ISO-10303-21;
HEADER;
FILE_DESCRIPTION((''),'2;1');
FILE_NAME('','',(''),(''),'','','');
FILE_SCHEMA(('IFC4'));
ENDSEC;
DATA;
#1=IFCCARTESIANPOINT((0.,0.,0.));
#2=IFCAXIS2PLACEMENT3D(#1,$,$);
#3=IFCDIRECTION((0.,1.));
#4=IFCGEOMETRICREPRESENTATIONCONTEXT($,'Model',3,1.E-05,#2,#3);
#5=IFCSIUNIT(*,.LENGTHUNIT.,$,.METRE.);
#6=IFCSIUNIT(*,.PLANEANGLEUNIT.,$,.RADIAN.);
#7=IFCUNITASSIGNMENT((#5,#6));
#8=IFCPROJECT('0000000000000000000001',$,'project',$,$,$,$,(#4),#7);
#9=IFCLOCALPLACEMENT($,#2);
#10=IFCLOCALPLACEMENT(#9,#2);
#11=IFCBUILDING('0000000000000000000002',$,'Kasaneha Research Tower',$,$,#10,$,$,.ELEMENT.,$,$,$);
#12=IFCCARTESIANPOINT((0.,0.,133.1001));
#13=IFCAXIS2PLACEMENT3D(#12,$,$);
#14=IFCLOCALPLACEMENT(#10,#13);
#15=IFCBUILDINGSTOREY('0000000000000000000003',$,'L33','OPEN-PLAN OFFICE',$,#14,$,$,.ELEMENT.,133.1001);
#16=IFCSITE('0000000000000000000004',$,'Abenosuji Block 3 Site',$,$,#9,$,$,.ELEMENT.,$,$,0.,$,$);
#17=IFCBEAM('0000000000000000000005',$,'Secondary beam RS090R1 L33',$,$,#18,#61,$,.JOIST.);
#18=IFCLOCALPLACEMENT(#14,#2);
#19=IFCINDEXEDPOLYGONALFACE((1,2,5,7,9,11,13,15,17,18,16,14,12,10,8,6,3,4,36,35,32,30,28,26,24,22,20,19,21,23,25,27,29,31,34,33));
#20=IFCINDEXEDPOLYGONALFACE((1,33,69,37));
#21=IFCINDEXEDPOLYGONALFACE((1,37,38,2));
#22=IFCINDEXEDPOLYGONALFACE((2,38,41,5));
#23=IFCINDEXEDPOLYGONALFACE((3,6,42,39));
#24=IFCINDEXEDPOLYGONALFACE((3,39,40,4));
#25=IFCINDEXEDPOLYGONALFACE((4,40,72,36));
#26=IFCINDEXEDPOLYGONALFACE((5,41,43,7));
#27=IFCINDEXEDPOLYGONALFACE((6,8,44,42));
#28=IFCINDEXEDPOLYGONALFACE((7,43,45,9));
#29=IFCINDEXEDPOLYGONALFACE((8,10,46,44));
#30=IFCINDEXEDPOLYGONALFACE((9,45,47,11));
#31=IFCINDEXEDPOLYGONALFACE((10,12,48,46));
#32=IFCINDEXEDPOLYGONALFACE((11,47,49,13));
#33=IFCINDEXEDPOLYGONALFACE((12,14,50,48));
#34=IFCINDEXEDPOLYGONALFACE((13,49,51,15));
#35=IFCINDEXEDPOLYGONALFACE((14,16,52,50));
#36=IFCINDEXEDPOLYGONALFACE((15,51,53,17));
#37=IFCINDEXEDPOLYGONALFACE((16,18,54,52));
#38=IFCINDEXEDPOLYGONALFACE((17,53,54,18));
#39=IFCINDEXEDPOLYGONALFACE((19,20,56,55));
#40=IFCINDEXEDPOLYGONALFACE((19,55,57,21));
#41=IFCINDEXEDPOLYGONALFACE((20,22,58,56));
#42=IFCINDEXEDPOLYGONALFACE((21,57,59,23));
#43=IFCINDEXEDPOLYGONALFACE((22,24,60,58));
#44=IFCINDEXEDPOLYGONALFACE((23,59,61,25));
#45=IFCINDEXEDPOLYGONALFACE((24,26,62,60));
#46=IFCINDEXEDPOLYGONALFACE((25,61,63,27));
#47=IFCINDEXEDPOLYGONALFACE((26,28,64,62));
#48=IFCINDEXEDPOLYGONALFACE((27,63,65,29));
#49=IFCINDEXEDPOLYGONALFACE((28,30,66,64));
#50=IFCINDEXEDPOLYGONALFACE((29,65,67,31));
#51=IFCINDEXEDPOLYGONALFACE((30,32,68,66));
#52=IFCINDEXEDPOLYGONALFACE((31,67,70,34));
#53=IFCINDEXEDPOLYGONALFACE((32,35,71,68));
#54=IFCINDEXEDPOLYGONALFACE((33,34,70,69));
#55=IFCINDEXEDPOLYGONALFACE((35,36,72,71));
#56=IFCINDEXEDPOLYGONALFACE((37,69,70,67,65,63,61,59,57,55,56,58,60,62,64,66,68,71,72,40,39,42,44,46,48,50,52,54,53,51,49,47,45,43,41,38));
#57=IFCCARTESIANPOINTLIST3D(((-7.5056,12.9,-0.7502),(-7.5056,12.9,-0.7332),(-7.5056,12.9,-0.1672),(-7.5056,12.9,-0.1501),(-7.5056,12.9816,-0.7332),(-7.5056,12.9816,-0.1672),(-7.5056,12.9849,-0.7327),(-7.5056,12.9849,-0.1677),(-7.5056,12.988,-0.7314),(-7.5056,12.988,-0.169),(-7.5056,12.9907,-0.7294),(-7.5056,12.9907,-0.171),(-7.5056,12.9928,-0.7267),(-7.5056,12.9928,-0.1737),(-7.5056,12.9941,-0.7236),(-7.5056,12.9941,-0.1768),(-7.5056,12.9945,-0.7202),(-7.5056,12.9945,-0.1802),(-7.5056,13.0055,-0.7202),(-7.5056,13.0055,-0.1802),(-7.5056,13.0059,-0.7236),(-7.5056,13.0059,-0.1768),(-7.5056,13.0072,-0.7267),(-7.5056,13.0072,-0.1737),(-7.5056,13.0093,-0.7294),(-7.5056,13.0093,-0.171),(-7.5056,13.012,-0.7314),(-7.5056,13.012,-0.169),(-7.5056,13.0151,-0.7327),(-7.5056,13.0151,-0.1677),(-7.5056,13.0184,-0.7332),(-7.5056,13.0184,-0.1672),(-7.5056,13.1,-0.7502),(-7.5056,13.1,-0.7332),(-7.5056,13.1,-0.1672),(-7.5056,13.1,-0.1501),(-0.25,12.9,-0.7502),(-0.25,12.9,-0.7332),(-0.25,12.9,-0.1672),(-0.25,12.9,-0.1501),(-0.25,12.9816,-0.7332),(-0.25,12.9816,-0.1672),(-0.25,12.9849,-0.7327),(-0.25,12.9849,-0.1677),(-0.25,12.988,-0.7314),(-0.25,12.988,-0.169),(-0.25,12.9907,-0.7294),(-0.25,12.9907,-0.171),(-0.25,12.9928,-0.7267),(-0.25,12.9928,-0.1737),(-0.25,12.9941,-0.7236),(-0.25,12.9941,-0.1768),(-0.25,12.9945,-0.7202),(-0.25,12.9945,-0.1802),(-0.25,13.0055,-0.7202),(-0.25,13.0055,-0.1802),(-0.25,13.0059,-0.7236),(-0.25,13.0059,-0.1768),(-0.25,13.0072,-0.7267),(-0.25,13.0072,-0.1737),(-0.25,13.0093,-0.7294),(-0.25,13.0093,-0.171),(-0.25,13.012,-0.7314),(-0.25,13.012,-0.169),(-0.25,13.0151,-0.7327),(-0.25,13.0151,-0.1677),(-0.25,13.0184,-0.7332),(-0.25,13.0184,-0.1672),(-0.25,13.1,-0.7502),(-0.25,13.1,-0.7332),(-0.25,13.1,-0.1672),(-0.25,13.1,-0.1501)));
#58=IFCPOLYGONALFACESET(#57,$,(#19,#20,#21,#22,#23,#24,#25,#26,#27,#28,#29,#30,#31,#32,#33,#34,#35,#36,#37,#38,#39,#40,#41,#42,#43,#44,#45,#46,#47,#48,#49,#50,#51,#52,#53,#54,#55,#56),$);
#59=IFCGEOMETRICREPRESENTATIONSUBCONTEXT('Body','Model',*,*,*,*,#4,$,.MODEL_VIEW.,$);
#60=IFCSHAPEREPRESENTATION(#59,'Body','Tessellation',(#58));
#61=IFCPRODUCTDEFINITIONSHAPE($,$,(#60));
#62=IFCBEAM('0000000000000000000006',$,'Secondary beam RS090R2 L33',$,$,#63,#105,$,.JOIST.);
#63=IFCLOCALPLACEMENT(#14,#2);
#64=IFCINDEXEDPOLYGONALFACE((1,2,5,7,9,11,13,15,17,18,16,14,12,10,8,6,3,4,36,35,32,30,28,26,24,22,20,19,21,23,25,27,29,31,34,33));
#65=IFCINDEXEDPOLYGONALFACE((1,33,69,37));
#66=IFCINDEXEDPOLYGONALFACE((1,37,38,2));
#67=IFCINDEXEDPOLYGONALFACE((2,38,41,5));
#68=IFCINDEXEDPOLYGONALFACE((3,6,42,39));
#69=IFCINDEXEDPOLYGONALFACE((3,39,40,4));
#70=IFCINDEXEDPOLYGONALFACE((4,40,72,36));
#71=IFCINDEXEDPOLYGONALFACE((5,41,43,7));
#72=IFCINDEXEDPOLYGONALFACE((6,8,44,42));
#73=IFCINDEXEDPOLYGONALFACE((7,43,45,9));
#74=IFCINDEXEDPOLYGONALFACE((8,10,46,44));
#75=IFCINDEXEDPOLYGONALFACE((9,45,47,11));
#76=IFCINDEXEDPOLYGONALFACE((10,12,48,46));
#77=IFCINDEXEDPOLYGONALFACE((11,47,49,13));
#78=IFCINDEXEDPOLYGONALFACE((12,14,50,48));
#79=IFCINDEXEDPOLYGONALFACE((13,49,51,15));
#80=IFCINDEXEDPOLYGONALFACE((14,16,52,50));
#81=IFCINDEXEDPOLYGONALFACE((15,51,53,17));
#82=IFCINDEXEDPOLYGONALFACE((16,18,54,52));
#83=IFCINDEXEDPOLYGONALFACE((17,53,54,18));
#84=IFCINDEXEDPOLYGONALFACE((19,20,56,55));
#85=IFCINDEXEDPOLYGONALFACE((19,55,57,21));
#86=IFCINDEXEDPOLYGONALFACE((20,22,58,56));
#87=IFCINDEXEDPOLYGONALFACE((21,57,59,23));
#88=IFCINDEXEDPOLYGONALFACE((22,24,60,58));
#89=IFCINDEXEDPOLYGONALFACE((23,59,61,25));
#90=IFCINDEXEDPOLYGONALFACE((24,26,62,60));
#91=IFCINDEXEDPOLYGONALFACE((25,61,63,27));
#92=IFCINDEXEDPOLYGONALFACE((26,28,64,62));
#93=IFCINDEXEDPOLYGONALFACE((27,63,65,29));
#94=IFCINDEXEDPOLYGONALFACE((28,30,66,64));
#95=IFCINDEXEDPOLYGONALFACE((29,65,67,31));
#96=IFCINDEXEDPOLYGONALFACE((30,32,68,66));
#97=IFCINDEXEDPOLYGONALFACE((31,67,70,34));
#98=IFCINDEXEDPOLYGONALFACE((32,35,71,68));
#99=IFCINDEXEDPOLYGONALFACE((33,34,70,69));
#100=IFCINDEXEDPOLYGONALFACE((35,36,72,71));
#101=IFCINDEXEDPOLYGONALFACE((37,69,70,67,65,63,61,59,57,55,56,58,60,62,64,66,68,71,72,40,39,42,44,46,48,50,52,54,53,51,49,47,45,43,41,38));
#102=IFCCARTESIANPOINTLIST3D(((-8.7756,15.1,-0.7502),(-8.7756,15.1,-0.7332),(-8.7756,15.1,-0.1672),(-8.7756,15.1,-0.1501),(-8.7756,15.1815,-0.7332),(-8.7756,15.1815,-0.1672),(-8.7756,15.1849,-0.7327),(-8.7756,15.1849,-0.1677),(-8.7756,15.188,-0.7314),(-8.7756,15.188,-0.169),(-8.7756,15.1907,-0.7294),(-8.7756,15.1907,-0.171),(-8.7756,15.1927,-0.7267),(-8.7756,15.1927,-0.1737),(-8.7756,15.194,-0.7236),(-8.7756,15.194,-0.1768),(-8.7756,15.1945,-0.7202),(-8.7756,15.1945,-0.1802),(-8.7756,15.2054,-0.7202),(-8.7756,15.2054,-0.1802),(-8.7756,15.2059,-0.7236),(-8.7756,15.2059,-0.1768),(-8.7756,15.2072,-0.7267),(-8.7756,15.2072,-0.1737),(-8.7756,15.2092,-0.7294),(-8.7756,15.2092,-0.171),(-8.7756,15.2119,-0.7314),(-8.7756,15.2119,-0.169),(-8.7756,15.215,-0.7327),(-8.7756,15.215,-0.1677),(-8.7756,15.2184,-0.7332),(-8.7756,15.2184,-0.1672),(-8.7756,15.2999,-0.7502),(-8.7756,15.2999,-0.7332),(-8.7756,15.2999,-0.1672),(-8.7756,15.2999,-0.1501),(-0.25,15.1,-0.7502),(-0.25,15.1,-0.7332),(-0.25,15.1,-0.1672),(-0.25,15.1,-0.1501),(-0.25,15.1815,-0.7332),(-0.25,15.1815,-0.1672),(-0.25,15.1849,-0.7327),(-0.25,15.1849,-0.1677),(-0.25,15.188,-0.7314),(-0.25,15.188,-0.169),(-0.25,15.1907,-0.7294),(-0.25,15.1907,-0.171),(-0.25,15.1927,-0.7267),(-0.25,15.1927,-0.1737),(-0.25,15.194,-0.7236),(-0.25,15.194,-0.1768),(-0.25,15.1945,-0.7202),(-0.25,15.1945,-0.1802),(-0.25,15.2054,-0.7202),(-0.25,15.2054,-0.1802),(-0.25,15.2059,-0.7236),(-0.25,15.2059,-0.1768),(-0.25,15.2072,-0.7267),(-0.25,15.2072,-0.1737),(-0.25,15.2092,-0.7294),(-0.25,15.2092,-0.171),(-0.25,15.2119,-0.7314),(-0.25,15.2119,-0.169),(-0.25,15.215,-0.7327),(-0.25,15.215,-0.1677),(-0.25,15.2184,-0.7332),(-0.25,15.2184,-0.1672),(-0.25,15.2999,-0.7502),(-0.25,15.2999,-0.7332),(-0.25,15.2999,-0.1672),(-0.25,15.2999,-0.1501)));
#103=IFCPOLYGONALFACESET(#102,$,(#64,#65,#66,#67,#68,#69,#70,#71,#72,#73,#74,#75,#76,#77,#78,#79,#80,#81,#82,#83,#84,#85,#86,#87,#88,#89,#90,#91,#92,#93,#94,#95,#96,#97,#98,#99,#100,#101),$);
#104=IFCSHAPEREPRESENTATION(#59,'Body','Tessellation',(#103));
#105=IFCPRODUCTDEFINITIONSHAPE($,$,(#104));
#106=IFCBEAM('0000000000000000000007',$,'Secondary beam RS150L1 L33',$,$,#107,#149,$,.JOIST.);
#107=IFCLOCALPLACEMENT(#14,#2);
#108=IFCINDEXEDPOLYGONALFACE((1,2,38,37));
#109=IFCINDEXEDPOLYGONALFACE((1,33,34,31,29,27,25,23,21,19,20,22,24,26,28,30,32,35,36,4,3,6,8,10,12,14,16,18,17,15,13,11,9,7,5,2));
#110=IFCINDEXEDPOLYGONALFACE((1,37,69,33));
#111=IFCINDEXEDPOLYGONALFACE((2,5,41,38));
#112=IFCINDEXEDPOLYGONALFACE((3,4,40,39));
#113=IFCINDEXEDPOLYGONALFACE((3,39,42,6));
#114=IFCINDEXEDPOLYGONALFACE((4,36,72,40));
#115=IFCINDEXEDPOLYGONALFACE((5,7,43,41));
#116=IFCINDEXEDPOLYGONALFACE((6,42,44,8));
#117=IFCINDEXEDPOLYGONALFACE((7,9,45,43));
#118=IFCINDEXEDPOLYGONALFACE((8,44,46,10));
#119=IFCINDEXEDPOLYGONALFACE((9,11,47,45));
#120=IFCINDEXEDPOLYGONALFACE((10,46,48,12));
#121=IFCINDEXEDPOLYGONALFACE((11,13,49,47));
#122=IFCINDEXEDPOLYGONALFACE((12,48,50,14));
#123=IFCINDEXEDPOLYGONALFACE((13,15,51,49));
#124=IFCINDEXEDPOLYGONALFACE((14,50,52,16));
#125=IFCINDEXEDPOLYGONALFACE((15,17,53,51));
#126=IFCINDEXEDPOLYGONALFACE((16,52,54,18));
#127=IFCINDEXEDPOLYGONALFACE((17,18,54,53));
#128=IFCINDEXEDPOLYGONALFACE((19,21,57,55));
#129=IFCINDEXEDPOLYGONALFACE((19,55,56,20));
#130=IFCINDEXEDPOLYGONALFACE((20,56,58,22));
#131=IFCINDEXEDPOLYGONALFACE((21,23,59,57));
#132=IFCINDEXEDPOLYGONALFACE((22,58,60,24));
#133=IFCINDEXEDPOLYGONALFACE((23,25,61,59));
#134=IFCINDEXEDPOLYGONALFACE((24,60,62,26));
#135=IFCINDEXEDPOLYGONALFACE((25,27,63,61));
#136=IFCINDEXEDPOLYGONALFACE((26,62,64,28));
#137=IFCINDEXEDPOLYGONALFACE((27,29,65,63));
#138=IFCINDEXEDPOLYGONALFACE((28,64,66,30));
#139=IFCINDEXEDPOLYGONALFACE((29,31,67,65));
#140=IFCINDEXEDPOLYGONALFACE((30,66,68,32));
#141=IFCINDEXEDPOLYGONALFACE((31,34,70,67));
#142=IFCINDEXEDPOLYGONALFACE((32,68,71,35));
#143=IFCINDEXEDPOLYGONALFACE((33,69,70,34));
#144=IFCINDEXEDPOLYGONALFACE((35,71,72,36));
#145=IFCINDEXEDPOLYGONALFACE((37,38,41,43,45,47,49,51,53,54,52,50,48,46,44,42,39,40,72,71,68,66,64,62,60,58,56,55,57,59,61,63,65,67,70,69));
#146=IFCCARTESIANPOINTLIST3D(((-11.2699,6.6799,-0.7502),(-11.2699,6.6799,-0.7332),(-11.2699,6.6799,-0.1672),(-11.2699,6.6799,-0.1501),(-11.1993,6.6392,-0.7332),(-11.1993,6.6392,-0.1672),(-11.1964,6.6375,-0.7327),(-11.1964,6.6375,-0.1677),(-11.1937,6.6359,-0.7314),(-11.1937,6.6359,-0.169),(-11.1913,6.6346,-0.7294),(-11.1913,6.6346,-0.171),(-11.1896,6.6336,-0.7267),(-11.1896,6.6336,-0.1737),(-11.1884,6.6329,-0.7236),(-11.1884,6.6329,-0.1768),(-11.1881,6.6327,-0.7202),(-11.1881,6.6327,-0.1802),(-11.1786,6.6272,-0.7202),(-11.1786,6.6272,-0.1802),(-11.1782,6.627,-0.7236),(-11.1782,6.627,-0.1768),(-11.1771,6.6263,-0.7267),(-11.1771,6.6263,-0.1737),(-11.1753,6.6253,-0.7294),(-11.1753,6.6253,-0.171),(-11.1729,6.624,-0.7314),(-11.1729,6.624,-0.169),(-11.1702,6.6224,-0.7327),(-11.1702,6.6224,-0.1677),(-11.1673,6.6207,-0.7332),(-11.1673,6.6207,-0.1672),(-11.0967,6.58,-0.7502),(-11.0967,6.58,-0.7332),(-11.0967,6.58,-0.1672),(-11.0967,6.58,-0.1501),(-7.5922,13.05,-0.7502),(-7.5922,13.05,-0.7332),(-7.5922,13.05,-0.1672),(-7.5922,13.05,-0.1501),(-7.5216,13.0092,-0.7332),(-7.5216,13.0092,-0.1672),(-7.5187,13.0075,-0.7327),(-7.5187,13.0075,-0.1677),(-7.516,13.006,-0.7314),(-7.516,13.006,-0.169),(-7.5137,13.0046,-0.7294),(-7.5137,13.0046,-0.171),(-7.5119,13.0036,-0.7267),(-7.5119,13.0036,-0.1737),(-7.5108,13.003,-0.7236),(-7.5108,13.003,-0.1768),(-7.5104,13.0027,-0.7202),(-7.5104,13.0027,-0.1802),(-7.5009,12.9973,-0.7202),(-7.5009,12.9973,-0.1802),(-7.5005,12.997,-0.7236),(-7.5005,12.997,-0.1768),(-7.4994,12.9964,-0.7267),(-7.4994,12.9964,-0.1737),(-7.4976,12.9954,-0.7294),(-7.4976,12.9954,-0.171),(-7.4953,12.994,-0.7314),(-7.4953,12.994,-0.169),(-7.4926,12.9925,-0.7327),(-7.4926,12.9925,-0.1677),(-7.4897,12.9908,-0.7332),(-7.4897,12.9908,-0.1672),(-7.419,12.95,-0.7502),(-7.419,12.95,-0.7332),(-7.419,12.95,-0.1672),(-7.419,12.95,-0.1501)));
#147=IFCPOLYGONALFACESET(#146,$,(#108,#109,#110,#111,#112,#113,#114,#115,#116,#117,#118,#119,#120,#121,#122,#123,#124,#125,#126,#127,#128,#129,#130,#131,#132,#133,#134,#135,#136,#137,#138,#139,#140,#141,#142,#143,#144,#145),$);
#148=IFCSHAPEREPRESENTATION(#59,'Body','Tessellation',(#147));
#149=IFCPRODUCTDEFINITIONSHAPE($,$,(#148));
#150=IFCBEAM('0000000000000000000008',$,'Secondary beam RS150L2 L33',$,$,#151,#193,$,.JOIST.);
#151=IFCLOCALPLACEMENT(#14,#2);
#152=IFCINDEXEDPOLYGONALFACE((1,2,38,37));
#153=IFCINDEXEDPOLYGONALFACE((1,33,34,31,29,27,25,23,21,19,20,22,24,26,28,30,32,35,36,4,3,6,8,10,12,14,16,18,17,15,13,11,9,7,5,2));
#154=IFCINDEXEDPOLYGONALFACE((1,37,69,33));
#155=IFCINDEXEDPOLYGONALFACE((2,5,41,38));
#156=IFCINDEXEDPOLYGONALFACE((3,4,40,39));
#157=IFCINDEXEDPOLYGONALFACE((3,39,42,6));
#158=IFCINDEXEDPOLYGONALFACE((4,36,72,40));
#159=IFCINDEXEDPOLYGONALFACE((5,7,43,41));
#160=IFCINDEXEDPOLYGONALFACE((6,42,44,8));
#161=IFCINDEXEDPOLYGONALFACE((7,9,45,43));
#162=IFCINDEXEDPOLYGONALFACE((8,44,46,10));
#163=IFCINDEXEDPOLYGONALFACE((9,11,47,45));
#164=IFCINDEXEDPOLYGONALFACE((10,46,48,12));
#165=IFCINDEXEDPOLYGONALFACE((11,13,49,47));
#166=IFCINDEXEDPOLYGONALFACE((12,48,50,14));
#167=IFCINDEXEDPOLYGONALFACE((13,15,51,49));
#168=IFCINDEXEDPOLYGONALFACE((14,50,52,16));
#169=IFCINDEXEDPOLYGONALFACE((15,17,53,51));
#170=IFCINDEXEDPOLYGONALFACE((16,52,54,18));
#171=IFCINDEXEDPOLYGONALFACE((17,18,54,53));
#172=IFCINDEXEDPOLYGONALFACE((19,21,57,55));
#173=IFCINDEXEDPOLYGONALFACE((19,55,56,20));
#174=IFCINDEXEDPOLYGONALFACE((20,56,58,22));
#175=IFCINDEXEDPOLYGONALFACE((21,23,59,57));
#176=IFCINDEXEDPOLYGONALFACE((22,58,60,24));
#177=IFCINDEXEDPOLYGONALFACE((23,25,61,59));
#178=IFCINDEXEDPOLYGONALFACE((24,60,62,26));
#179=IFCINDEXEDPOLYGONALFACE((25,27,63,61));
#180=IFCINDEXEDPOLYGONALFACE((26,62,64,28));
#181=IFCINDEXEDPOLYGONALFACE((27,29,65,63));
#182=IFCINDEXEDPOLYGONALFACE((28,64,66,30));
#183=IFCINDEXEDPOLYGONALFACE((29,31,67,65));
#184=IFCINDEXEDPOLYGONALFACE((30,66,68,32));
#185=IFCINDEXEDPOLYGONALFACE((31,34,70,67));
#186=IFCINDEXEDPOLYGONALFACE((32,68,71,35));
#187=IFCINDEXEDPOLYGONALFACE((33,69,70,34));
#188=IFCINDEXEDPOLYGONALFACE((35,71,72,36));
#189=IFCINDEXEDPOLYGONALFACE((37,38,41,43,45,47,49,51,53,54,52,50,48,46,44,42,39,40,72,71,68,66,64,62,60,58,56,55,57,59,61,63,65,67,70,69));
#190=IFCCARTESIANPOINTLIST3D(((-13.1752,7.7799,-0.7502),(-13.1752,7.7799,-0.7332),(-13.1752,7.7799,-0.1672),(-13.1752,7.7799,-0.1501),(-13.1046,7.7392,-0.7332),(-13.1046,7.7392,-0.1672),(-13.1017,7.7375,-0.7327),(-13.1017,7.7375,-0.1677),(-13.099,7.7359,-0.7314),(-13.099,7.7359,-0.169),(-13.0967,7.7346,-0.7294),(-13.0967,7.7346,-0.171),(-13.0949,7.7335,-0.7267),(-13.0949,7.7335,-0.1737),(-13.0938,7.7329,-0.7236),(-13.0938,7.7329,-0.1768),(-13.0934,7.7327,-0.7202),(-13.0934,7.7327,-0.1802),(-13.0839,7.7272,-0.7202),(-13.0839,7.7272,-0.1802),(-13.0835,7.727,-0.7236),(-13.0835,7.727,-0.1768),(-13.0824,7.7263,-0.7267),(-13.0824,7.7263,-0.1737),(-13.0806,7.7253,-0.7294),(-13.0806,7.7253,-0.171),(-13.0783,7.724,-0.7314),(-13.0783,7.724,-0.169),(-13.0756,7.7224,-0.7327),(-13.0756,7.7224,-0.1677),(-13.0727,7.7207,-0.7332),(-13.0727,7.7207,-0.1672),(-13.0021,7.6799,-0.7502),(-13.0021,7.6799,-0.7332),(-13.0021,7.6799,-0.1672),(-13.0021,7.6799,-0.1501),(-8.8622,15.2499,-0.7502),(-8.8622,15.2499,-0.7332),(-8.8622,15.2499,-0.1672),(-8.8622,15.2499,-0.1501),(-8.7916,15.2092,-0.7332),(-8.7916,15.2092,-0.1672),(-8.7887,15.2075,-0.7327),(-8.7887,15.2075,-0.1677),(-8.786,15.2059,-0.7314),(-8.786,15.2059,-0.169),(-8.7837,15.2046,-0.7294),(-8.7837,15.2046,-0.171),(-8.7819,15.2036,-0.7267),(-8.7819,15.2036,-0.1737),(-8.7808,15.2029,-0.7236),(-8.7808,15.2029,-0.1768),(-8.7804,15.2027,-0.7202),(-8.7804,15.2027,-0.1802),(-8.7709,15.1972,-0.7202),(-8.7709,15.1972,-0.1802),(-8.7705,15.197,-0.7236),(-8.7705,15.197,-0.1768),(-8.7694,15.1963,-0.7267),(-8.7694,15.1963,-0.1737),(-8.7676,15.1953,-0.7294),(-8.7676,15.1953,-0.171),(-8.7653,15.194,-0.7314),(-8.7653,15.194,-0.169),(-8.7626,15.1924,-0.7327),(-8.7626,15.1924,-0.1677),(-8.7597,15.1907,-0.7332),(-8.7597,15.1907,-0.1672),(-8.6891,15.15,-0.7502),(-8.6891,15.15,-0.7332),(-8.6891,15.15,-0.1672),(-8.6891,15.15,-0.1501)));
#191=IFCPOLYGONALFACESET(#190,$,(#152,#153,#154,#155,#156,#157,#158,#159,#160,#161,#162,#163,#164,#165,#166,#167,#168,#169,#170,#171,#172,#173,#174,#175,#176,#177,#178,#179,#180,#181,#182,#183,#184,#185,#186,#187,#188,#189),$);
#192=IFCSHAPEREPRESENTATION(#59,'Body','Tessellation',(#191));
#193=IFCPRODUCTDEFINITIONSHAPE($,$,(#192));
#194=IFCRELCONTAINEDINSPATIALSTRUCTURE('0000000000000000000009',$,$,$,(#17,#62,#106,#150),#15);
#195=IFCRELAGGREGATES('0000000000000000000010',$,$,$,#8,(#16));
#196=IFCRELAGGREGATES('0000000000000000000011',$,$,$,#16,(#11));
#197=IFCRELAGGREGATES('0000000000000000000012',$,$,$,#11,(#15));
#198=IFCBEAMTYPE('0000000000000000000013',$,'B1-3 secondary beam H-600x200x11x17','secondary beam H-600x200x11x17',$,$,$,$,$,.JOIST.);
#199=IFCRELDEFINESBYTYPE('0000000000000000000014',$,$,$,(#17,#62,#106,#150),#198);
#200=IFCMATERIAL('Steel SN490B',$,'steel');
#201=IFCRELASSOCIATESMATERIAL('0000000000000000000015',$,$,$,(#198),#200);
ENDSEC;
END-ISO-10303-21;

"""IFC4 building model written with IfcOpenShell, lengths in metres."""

from ifc_helpers import new_model, si_unit, direction, frame, origin, origin_2d, place, context, subcontext, project, spatial, i_section, extrude, material, material_profile, profile_set, type_object, element, save


model = new_model("IFC4")

# Units and contexts
model_context = context("Model", 3, precision=1e-05, world=origin(), true_north=direction((0.0, 1.0)))
body_context = subcontext(model_context, "Body", "Model", "MODEL_VIEW")
ifc_project = project(units=[si_unit("LENGTHUNIT", "METRE"), si_unit("PLANEANGLEUNIT", "RADIAN")], contexts=[model_context])

# Site, building, storey
site_placement = place(None, origin())
site = spatial("IfcSite", under=ifc_project, at=site_placement, Name="Abenosuji Block 3 Site", CompositionType="ELEMENT", RefElevation=0.0)
building_placement = place(site_placement, origin())
building = spatial("IfcBuilding", under=site, at=building_placement, Name="Kasaneha Research Tower", CompositionType="ELEMENT")
storey_placement = place(building_placement, frame((0.0, 0.0, 133.1001)))
storey = spatial("IfcBuildingStorey", under=building, at=storey_placement, Name="L33", Description="OPEN-PLAN OFFICE", CompositionType="ELEMENT", Elevation=133.1001)

# Beams
ifc_material_1 = material(Name="Steel SN490B", Category="steel")
ifc_material_profile_1 = material_profile(ifc_material_1, i_section(OverallWidth=0.2, OverallDepth=0.6001, WebThickness=0.011, FlangeThickness=0.0171, FilletRadius=0.0129, at=origin_2d()), Name="H-600x200x11x17")
ifc_profile_set_1 = profile_set([ifc_material_profile_1], Name="Steel SN490B")
beam_type_1 = type_object("IfcBeamType", Name="B1-3 secondary beam H-600x200x11x17", Description="secondary beam H-600x200x11x17", PredefinedType="JOIST", material=ifc_profile_set_1)
beam_1_placement = place(storey_placement, frame((-7.5056, 13.0, -0.4502), z_axis=(1.0, 0.0, 0.0), x_axis=(0.0, 1.0, 0.0)))
element("IfcBeam", 1, at=beam_1_placement, inside=storey, type_object=beam_type_1, Name="Secondary beam RS090R1 L33", PredefinedType="JOIST", context=body_context, shape_type="SweptSolid", body=[
    extrude(i_section(OverallWidth=0.2, OverallDepth=0.6001, WebThickness=0.011, FlangeThickness=0.0171, FilletRadius=0.0129, at=origin_2d()), origin(), (0.0, 0.0, 1.0), 7.2556),
])
beam_2_placement = place(storey_placement, frame((-8.7756, 15.2, -0.4502), z_axis=(1.0, 0.0, 0.0), x_axis=(0.0, 1.0, 0.0)))
element("IfcBeam", 2, at=beam_2_placement, inside=storey, type_object=beam_type_1, Name="Secondary beam RS090R2 L33", PredefinedType="JOIST", context=body_context, shape_type="SweptSolid", body=[
    extrude(i_section(OverallWidth=0.2, OverallDepth=0.6001, WebThickness=0.011, FlangeThickness=0.0171, FilletRadius=0.0129, at=origin_2d()), origin(), (0.0, 0.0, 1.0), 8.5256),
])
beam_3_placement = place(storey_placement, frame((-7.5056, 13.0, -0.4502), z_axis=(-0.499994, -0.866029, 0.0), x_axis=(0.866029, -0.499994, 0.0)))
element("IfcBeam", 3, at=beam_3_placement, inside=storey, type_object=beam_type_1, Name="Secondary beam RS150L1 L33", PredefinedType="JOIST", context=body_context, shape_type="SweptSolid", body=[
    extrude(i_section(OverallWidth=0.2, OverallDepth=0.6001, WebThickness=0.011, FlangeThickness=0.0171, FilletRadius=0.0129, at=origin_2d()), origin(), (0.0, 0.0, 1.0), 7.3555),
])
beam_4_placement = place(storey_placement, frame((-8.7756, 15.2, -0.4502), z_axis=(-0.500017, -0.866015, 0.0), x_axis=(0.866015, -0.500017, 0.0)))
element("IfcBeam", 4, at=beam_4_placement, inside=storey, type_object=beam_type_1, Name="Secondary beam RS150L2 L33", PredefinedType="JOIST", context=body_context, shape_type="SweptSolid", body=[
    extrude(i_section(OverallWidth=0.2, OverallDepth=0.6001, WebThickness=0.011, FlangeThickness=0.0171, FilletRadius=0.0129, at=origin_2d()), origin(), (0.0, 0.0, 1.0), 8.6257),
])

save(model, "model.ifc")
